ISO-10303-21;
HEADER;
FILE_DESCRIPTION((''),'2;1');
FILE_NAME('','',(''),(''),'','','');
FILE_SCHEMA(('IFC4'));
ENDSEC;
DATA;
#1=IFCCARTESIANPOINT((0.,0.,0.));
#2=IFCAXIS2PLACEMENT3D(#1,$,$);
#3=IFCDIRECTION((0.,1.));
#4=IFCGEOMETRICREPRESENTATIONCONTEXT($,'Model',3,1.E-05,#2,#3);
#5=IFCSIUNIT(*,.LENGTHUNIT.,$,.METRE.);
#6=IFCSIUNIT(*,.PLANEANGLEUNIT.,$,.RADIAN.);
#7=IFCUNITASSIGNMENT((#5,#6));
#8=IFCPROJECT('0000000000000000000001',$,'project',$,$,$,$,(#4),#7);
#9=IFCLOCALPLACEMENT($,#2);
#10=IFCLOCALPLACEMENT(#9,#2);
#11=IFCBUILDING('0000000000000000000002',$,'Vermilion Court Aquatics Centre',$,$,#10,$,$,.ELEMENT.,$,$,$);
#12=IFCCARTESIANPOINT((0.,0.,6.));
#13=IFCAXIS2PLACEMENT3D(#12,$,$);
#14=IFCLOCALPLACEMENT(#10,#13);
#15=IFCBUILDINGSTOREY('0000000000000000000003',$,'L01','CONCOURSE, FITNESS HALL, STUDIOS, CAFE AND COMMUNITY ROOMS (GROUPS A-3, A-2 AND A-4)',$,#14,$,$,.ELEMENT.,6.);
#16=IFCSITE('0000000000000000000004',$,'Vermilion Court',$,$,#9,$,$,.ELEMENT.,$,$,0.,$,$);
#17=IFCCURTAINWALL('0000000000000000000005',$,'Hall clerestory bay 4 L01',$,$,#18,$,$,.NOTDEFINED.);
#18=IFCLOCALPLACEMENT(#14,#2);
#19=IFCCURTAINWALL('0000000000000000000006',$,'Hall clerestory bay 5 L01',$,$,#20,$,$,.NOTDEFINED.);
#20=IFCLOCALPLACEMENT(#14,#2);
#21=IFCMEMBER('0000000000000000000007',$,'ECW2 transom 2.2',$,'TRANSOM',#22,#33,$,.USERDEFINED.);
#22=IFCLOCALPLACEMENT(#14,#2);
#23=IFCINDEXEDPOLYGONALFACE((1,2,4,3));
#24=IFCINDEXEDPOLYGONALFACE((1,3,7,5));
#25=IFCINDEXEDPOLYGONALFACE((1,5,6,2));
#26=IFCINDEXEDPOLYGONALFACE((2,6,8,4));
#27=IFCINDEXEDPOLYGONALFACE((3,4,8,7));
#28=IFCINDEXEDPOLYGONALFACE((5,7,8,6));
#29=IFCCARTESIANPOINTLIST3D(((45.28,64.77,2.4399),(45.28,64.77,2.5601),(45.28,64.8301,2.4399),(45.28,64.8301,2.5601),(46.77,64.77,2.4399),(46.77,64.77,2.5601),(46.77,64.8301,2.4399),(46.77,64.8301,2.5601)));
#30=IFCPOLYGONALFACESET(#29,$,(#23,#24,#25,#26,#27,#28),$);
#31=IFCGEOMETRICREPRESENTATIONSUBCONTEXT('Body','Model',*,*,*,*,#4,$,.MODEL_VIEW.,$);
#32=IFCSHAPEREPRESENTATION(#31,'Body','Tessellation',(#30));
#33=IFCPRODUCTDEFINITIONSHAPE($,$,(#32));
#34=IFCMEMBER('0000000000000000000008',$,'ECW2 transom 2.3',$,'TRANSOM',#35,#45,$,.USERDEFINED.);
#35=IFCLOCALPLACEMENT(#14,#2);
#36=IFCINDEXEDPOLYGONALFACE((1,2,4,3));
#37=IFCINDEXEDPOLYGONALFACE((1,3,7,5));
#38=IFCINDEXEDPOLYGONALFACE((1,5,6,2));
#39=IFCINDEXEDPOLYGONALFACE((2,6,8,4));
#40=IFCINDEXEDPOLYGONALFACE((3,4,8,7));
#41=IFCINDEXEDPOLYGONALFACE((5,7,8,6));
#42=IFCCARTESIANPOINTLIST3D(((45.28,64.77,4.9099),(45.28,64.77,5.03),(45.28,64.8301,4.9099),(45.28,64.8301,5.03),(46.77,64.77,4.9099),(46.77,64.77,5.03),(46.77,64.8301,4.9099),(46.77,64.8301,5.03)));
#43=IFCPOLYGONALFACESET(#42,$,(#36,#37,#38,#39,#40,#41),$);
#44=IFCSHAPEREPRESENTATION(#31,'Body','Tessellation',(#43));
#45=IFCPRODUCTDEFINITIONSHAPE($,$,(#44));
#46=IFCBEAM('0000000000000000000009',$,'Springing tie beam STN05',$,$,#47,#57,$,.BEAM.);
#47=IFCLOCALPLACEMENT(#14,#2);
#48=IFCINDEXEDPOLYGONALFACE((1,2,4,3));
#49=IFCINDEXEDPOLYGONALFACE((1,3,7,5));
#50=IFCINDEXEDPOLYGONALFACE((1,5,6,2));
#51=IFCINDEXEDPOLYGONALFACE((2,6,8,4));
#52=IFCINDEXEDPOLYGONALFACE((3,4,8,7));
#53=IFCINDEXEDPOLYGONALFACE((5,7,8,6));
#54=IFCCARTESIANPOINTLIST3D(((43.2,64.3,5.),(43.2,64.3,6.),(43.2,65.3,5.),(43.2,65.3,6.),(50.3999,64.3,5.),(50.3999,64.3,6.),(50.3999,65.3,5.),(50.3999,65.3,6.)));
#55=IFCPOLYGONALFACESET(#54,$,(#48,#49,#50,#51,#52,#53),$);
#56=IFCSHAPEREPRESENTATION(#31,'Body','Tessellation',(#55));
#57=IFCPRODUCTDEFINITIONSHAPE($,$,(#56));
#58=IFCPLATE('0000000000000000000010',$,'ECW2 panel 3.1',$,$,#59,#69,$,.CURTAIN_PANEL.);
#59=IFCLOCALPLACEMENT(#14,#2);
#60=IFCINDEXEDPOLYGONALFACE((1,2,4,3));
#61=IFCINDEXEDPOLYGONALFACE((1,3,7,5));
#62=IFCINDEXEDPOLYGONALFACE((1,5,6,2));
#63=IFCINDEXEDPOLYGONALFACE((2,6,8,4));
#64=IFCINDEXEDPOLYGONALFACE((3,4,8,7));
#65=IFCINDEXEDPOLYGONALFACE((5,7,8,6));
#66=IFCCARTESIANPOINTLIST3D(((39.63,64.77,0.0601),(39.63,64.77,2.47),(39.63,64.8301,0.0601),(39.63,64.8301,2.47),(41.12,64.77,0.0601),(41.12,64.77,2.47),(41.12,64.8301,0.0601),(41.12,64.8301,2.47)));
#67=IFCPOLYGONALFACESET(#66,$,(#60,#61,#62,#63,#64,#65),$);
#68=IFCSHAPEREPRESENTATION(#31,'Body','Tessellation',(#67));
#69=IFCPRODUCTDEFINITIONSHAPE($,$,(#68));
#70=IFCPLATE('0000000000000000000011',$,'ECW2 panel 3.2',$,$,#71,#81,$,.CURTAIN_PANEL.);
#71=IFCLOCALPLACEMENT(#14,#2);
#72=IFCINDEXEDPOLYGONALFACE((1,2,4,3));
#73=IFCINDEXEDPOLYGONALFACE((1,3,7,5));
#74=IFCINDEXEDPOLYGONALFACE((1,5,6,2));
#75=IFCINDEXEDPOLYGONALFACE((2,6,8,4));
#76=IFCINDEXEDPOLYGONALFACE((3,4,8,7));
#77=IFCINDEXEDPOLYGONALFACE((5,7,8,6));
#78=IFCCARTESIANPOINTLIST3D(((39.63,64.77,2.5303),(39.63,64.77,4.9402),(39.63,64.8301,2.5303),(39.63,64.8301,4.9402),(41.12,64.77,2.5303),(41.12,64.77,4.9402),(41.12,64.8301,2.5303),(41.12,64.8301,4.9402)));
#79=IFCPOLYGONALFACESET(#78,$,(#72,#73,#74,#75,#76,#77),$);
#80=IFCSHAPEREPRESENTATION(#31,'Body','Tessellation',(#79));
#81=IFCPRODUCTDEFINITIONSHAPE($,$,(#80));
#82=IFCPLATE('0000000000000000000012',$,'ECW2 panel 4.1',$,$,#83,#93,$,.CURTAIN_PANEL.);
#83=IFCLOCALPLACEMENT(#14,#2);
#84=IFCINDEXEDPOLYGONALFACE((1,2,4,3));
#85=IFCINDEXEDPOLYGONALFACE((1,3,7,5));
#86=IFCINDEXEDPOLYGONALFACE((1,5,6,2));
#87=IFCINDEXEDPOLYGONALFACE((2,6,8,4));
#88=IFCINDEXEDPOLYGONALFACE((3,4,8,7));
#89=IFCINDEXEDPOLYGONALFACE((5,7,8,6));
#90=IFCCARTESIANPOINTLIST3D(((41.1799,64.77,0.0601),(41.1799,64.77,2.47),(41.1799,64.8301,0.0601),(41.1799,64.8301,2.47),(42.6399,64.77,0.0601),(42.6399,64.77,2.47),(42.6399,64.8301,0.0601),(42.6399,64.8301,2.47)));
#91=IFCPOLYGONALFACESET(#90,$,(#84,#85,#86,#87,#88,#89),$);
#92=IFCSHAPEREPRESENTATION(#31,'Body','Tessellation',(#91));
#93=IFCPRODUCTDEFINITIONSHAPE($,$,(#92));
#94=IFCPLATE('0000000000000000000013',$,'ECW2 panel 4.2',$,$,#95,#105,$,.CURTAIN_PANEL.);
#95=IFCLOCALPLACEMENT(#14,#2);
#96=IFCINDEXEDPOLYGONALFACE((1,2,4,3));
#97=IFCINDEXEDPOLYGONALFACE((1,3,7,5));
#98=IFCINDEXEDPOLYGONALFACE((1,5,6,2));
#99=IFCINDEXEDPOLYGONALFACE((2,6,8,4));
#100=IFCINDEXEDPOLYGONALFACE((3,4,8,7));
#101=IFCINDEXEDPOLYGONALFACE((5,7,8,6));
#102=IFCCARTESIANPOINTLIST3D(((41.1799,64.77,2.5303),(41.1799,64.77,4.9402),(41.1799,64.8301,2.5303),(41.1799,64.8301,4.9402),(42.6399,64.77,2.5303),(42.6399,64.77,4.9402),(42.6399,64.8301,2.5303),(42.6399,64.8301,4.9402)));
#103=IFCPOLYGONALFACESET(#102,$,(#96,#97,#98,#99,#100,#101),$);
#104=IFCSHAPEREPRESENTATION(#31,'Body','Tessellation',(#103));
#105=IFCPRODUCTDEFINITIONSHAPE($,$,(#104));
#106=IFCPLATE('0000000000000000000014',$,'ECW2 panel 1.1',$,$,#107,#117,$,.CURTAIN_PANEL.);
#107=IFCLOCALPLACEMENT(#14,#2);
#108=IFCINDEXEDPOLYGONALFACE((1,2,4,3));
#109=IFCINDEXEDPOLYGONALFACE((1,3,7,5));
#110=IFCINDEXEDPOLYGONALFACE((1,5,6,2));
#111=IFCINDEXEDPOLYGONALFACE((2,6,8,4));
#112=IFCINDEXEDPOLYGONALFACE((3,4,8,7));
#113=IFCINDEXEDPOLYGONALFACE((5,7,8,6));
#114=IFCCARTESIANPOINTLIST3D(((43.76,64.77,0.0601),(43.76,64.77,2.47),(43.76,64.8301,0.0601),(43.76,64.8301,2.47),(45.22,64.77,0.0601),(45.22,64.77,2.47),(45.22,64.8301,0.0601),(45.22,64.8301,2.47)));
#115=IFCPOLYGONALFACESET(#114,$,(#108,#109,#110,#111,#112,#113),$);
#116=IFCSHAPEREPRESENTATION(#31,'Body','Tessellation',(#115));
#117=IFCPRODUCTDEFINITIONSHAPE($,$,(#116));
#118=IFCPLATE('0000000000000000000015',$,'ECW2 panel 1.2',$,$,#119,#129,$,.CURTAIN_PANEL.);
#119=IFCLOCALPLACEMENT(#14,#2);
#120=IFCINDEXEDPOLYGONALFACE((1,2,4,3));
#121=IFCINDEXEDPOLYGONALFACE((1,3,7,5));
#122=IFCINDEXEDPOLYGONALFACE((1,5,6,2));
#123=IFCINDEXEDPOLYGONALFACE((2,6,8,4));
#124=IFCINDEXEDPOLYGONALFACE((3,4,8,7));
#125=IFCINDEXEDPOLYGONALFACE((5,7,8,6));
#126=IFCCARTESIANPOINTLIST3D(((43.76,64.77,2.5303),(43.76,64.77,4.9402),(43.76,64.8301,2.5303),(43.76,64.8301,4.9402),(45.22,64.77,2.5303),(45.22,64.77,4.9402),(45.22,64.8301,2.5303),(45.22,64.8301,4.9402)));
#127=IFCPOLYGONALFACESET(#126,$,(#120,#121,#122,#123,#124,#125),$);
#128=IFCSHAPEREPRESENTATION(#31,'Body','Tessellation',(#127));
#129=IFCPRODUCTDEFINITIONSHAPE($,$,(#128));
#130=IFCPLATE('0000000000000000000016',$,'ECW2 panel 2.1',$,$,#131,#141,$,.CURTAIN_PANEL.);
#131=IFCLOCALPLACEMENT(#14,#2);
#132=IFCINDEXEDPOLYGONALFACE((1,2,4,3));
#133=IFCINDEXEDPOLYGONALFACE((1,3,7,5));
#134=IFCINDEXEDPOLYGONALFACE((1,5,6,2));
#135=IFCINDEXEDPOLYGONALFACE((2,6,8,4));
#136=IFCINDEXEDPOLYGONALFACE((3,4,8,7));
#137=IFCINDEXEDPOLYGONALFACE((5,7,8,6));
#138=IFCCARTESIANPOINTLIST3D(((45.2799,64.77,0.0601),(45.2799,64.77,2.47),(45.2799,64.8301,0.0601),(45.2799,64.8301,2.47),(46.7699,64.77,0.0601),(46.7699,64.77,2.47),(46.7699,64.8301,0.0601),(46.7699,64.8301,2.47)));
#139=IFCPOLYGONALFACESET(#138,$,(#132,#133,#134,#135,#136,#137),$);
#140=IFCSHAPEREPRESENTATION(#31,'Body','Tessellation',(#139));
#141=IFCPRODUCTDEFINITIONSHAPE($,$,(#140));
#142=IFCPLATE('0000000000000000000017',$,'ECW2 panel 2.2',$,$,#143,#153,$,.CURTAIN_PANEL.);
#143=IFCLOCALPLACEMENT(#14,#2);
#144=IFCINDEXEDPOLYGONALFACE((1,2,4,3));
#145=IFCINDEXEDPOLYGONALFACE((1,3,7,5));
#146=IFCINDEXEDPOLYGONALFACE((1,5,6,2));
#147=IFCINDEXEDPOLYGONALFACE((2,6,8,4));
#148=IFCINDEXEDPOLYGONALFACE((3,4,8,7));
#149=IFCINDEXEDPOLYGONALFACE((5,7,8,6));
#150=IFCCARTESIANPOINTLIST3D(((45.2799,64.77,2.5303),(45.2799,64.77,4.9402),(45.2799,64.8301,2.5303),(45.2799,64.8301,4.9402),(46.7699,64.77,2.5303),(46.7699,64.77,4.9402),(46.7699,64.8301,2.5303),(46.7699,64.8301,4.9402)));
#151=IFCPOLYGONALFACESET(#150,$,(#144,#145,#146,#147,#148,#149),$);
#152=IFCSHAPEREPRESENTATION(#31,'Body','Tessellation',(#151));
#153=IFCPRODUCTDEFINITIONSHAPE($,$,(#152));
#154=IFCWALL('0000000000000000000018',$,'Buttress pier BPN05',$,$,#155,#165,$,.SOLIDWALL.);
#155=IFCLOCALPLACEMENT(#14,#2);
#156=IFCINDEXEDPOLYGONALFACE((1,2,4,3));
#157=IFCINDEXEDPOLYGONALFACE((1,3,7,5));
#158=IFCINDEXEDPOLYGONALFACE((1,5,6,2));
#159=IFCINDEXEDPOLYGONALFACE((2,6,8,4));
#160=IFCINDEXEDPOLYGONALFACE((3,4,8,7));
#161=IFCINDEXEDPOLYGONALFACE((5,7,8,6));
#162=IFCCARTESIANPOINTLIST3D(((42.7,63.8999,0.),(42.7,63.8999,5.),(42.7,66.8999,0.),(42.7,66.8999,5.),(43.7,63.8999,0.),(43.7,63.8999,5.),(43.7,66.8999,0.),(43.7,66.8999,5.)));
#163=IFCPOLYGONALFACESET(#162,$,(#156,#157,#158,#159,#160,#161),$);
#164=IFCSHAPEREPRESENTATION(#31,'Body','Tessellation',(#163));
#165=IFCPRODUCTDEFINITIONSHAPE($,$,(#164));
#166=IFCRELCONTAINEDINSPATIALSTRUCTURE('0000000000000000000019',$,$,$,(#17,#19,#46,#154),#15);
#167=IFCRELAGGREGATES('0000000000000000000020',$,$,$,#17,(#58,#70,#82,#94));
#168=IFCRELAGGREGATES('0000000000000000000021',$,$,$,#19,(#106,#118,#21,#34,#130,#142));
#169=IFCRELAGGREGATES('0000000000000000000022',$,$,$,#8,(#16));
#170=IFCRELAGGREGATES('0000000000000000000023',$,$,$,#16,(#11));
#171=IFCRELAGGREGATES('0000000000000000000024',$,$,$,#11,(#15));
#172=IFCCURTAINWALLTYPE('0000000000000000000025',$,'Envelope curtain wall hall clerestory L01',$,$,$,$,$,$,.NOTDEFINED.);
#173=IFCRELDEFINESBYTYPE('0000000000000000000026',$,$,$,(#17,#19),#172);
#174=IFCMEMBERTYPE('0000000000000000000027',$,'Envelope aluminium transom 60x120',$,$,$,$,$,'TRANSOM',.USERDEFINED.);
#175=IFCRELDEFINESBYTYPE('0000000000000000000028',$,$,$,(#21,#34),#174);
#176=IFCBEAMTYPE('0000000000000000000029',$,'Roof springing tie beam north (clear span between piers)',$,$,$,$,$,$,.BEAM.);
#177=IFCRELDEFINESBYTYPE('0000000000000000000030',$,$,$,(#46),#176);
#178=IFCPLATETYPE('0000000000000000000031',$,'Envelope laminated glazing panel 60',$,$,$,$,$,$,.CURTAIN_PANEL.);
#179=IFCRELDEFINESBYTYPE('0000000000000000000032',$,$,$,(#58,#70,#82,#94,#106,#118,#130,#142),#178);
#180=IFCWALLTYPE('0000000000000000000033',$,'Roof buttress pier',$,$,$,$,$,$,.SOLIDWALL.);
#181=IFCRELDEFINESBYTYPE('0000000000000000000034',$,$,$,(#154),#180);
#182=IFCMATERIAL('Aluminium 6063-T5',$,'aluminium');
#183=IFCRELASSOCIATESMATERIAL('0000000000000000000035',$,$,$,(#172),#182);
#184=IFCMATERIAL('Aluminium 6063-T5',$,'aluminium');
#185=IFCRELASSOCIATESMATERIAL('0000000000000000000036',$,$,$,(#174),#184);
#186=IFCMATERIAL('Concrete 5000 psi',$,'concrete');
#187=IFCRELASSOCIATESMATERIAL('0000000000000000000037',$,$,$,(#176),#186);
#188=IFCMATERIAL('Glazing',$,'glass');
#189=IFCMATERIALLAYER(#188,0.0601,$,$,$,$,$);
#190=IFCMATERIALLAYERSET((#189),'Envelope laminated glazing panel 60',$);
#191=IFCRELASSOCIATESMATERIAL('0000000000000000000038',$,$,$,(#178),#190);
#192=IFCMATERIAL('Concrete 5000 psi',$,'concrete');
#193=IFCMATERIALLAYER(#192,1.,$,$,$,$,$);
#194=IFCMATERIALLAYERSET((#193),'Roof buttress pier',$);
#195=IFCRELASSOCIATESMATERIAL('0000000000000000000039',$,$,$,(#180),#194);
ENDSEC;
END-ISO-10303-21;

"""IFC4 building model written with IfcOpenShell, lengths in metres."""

from ifc_helpers import new_model, si_unit, direction, frame, frame_2d, origin, origin_2d, place, context, subcontext, project, spatial, rectangle, extrude, material, layer, layer_set, material_profile, profile_set, type_object, element, aggregate, save


model = new_model("IFC4")

# Units and contexts
model_context = context("Model", 3, precision=1e-05, world=origin(), true_north=direction((0.0, 1.0)))
body_context = subcontext(model_context, "Body", "Model", "MODEL_VIEW")
ifc_project = project(units=[si_unit("LENGTHUNIT", "METRE"), si_unit("PLANEANGLEUNIT", "RADIAN")], contexts=[model_context])

# Site, building, storey
site_placement = place(None, origin())
site = spatial("IfcSite", under=ifc_project, at=site_placement, Name="Vermilion Court", CompositionType="ELEMENT", RefElevation=0.0)
building_placement = place(site_placement, origin())
building = spatial("IfcBuilding", under=site, at=building_placement, Name="Vermilion Court Aquatics Centre", CompositionType="ELEMENT")
storey_placement = place(building_placement, frame((0.0, 0.0, 6.0)))
storey = spatial("IfcBuildingStorey", under=building, at=storey_placement, Name="L01", Description="CONCOURSE, FITNESS HALL, STUDIOS, CAFE AND COMMUNITY ROOMS (GROUPS A-3, A-2 AND A-4)", CompositionType="ELEMENT", Elevation=6.0)

# Curtain walls
ifc_material_1 = material(Name="Aluminium 6063-T5", Category="aluminium")
curtain_wall_type = type_object("IfcCurtainWallType", Name="Envelope curtain wall hall clerestory L01", PredefinedType="NOTDEFINED", material=ifc_material_1)
curtain_wall_1_placement = place(storey_placement, origin())
curtain_wall_1 = element("IfcCurtainWall", 1, at=curtain_wall_1_placement, inside=storey, type_object=curtain_wall_type, Name="Hall clerestory bay 4 L01", PredefinedType="NOTDEFINED")
curtain_wall_2_placement = place(storey_placement, origin())
curtain_wall_2 = element("IfcCurtainWall", 2, at=curtain_wall_2_placement, inside=storey, type_object=curtain_wall_type, Name="Hall clerestory bay 5 L01", PredefinedType="NOTDEFINED")

# Members
ifc_material_2 = material(Name="Aluminium 6063-T5", Category="aluminium")
ifc_material_profile_1 = material_profile(ifc_material_2, rectangle(XDim=0.0601, YDim=0.1201, at=origin_2d()), Name="AL 60x120")
ifc_profile_set_1 = profile_set([ifc_material_profile_1], Name="Aluminium 6063-T5")
member_type_1 = type_object("IfcMemberType", Name="Envelope aluminium transom 60x120", ElementType="TRANSOM", PredefinedType="USERDEFINED", material=ifc_profile_set_1)
member_1_placement = place(storey_placement, frame((45.28, 64.8, 2.5), z_axis=(1.0, 0.0, 0.0), x_axis=(0.0, 1.0, 0.0)))
member_1 = element("IfcMember", 3, at=member_1_placement, type_object=member_type_1, Name="ECW2 transom 2.2", ObjectType="TRANSOM", PredefinedType="USERDEFINED", context=body_context, shape_type="SweptSolid", body=[
    extrude(rectangle(XDim=0.0601, YDim=0.1201, at=origin_2d()), origin(), (0.0, 0.0, 1.0), 1.49),
])
member_2_placement = place(storey_placement, frame((45.28, 64.8, 4.97), z_axis=(1.0, 0.0, 0.0), x_axis=(0.0, 1.0, 0.0)))
member_2 = element("IfcMember", 4, at=member_2_placement, type_object=member_type_1, Name="ECW2 transom 2.3", ObjectType="TRANSOM", PredefinedType="USERDEFINED", context=body_context, shape_type="SweptSolid", body=[
    extrude(rectangle(XDim=0.0601, YDim=0.1201, at=origin_2d()), origin(), (0.0, 0.0, 1.0), 1.49),
])

# Beam
ifc_material_3 = material(Name="Concrete 5000 psi", Category="concrete")
ifc_material_profile_2 = material_profile(ifc_material_3, rectangle(XDim=1.0, YDim=1.0, at=origin_2d()), Name="RC 1000x1000")
ifc_profile_set_2 = profile_set([ifc_material_profile_2], Name="Concrete 5000 psi")
beam_type = type_object("IfcBeamType", Name="Roof springing tie beam north (clear span between piers)", PredefinedType="BEAM", material=ifc_profile_set_2)
beam_placement = place(storey_placement, frame((43.2, 64.8, 5.5), z_axis=(1.0, 0.0, 0.0), x_axis=(0.0, 1.0, 0.0)))
element("IfcBeam", 5, at=beam_placement, inside=storey, type_object=beam_type, Name="Springing tie beam STN05", PredefinedType="BEAM", context=body_context, shape_type="SweptSolid", body=[
    extrude(rectangle(XDim=1.0, YDim=1.0, at=origin_2d()), origin(), (0.0, 0.0, 1.0), 7.2),
])

# Plates
ifc_material_4 = material(Name="Glazing", Category="glass")
ifc_layer_1 = layer(ifc_material_4, 0.0601)
ifc_layer_set_1 = layer_set([ifc_layer_1], Name="Envelope laminated glazing panel 60")
plate_type = type_object("IfcPlateType", Name="Envelope laminated glazing panel 60", PredefinedType="CURTAIN_PANEL", material=ifc_layer_set_1)
plate_1_placement = place(storey_placement, frame((40.375, 64.8, 0.0601), z_axis=(0.0, 0.0, 1.0), x_axis=(1.0, 0.0, 0.0)))
plate_1 = element("IfcPlate", 6, at=plate_1_placement, type_object=plate_type, Name="ECW2 panel 3.1", PredefinedType="CURTAIN_PANEL", context=body_context, shape_type="SweptSolid", body=[
    extrude(rectangle(XDim=1.49, YDim=0.0601, at=origin_2d()), origin(), (0.0, 0.0, 1.0), 2.4099),
])
plate_2_placement = place(storey_placement, frame((40.375, 64.8, 2.5303), z_axis=(0.0, 0.0, 1.0), x_axis=(1.0, 0.0, 0.0)))
plate_2 = element("IfcPlate", 7, at=plate_2_placement, type_object=plate_type, Name="ECW2 panel 3.2", PredefinedType="CURTAIN_PANEL", context=body_context, shape_type="SweptSolid", body=[
    extrude(rectangle(XDim=1.49, YDim=0.0601, at=origin_2d()), origin(), (0.0, 0.0, 1.0), 2.4099),
])
plate_3_placement = place(storey_placement, frame((41.9099, 64.8, 0.0601), z_axis=(0.0, 0.0, 1.0), x_axis=(1.0, 0.0, 0.0)))
plate_3 = element("IfcPlate", 8, at=plate_3_placement, type_object=plate_type, Name="ECW2 panel 4.1", PredefinedType="CURTAIN_PANEL", context=body_context, shape_type="SweptSolid", body=[
    extrude(rectangle(XDim=1.46, YDim=0.0601, at=origin_2d()), origin(), (0.0, 0.0, 1.0), 2.4099),
])
plate_4_placement = place(storey_placement, frame((41.9099, 64.8, 2.5303), z_axis=(0.0, 0.0, 1.0), x_axis=(1.0, 0.0, 0.0)))
plate_4 = element("IfcPlate", 9, at=plate_4_placement, type_object=plate_type, Name="ECW2 panel 4.2", PredefinedType="CURTAIN_PANEL", context=body_context, shape_type="SweptSolid", body=[
    extrude(rectangle(XDim=1.46, YDim=0.0601, at=origin_2d()), origin(), (0.0, 0.0, 1.0), 2.4099),
])
aggregate(curtain_wall_1, [plate_1, plate_2, plate_3, plate_4])
plate_5_placement = place(storey_placement, frame((44.49, 64.8, 0.0601), z_axis=(0.0, 0.0, 1.0), x_axis=(1.0, 0.0, 0.0)))
plate_5 = element("IfcPlate", 10, at=plate_5_placement, type_object=plate_type, Name="ECW2 panel 1.1", PredefinedType="CURTAIN_PANEL", context=body_context, shape_type="SweptSolid", body=[
    extrude(rectangle(XDim=1.46, YDim=0.0601, at=origin_2d()), origin(), (0.0, 0.0, 1.0), 2.4099),
])
plate_6_placement = place(storey_placement, frame((44.49, 64.8, 2.5303), z_axis=(0.0, 0.0, 1.0), x_axis=(1.0, 0.0, 0.0)))
plate_6 = element("IfcPlate", 11, at=plate_6_placement, type_object=plate_type, Name="ECW2 panel 1.2", PredefinedType="CURTAIN_PANEL", context=body_context, shape_type="SweptSolid", body=[
    extrude(rectangle(XDim=1.46, YDim=0.0601, at=origin_2d()), origin(), (0.0, 0.0, 1.0), 2.4099),
])
plate_7_placement = place(storey_placement, frame((46.0249, 64.8, 0.0601), z_axis=(0.0, 0.0, 1.0), x_axis=(1.0, 0.0, 0.0)))
plate_7 = element("IfcPlate", 12, at=plate_7_placement, type_object=plate_type, Name="ECW2 panel 2.1", PredefinedType="CURTAIN_PANEL", context=body_context, shape_type="SweptSolid", body=[
    extrude(rectangle(XDim=1.49, YDim=0.0601, at=origin_2d()), origin(), (0.0, 0.0, 1.0), 2.4099),
])
plate_8_placement = place(storey_placement, frame((46.0249, 64.8, 2.5303), z_axis=(0.0, 0.0, 1.0), x_axis=(1.0, 0.0, 0.0)))
plate_8 = element("IfcPlate", 13, at=plate_8_placement, type_object=plate_type, Name="ECW2 panel 2.2", PredefinedType="CURTAIN_PANEL", context=body_context, shape_type="SweptSolid", body=[
    extrude(rectangle(XDim=1.49, YDim=0.0601, at=origin_2d()), origin(), (0.0, 0.0, 1.0), 2.4099),
])
aggregate(curtain_wall_2, [plate_5, plate_6, member_1, member_2, plate_7, plate_8])

# Wall
ifc_material_5 = material(Name="Concrete 5000 psi", Category="concrete")
ifc_layer_2 = layer(ifc_material_5, 1.0)
ifc_layer_set_2 = layer_set([ifc_layer_2], Name="Roof buttress pier")
wall_type = type_object("IfcWallType", Name="Roof buttress pier", PredefinedType="SOLIDWALL", material=ifc_layer_set_2)
wall_placement = place(storey_placement, frame((43.2, 63.8999, 0.0), z_axis=(0.0, 0.0, 1.0), x_axis=(0.0, 1.0, 0.0)))
element("IfcWall", 14, at=wall_placement, inside=storey, type_object=wall_type, Name="Buttress pier BPN05", PredefinedType="SOLIDWALL", context=body_context, shape_type="SweptSolid", body=[
    extrude(rectangle(XDim=3.0, YDim=1.0, at=frame_2d((1.5, 0.0))), origin(), (0.0, 0.0, 1.0), 5.0),
])

save(model, "model.ifc")
